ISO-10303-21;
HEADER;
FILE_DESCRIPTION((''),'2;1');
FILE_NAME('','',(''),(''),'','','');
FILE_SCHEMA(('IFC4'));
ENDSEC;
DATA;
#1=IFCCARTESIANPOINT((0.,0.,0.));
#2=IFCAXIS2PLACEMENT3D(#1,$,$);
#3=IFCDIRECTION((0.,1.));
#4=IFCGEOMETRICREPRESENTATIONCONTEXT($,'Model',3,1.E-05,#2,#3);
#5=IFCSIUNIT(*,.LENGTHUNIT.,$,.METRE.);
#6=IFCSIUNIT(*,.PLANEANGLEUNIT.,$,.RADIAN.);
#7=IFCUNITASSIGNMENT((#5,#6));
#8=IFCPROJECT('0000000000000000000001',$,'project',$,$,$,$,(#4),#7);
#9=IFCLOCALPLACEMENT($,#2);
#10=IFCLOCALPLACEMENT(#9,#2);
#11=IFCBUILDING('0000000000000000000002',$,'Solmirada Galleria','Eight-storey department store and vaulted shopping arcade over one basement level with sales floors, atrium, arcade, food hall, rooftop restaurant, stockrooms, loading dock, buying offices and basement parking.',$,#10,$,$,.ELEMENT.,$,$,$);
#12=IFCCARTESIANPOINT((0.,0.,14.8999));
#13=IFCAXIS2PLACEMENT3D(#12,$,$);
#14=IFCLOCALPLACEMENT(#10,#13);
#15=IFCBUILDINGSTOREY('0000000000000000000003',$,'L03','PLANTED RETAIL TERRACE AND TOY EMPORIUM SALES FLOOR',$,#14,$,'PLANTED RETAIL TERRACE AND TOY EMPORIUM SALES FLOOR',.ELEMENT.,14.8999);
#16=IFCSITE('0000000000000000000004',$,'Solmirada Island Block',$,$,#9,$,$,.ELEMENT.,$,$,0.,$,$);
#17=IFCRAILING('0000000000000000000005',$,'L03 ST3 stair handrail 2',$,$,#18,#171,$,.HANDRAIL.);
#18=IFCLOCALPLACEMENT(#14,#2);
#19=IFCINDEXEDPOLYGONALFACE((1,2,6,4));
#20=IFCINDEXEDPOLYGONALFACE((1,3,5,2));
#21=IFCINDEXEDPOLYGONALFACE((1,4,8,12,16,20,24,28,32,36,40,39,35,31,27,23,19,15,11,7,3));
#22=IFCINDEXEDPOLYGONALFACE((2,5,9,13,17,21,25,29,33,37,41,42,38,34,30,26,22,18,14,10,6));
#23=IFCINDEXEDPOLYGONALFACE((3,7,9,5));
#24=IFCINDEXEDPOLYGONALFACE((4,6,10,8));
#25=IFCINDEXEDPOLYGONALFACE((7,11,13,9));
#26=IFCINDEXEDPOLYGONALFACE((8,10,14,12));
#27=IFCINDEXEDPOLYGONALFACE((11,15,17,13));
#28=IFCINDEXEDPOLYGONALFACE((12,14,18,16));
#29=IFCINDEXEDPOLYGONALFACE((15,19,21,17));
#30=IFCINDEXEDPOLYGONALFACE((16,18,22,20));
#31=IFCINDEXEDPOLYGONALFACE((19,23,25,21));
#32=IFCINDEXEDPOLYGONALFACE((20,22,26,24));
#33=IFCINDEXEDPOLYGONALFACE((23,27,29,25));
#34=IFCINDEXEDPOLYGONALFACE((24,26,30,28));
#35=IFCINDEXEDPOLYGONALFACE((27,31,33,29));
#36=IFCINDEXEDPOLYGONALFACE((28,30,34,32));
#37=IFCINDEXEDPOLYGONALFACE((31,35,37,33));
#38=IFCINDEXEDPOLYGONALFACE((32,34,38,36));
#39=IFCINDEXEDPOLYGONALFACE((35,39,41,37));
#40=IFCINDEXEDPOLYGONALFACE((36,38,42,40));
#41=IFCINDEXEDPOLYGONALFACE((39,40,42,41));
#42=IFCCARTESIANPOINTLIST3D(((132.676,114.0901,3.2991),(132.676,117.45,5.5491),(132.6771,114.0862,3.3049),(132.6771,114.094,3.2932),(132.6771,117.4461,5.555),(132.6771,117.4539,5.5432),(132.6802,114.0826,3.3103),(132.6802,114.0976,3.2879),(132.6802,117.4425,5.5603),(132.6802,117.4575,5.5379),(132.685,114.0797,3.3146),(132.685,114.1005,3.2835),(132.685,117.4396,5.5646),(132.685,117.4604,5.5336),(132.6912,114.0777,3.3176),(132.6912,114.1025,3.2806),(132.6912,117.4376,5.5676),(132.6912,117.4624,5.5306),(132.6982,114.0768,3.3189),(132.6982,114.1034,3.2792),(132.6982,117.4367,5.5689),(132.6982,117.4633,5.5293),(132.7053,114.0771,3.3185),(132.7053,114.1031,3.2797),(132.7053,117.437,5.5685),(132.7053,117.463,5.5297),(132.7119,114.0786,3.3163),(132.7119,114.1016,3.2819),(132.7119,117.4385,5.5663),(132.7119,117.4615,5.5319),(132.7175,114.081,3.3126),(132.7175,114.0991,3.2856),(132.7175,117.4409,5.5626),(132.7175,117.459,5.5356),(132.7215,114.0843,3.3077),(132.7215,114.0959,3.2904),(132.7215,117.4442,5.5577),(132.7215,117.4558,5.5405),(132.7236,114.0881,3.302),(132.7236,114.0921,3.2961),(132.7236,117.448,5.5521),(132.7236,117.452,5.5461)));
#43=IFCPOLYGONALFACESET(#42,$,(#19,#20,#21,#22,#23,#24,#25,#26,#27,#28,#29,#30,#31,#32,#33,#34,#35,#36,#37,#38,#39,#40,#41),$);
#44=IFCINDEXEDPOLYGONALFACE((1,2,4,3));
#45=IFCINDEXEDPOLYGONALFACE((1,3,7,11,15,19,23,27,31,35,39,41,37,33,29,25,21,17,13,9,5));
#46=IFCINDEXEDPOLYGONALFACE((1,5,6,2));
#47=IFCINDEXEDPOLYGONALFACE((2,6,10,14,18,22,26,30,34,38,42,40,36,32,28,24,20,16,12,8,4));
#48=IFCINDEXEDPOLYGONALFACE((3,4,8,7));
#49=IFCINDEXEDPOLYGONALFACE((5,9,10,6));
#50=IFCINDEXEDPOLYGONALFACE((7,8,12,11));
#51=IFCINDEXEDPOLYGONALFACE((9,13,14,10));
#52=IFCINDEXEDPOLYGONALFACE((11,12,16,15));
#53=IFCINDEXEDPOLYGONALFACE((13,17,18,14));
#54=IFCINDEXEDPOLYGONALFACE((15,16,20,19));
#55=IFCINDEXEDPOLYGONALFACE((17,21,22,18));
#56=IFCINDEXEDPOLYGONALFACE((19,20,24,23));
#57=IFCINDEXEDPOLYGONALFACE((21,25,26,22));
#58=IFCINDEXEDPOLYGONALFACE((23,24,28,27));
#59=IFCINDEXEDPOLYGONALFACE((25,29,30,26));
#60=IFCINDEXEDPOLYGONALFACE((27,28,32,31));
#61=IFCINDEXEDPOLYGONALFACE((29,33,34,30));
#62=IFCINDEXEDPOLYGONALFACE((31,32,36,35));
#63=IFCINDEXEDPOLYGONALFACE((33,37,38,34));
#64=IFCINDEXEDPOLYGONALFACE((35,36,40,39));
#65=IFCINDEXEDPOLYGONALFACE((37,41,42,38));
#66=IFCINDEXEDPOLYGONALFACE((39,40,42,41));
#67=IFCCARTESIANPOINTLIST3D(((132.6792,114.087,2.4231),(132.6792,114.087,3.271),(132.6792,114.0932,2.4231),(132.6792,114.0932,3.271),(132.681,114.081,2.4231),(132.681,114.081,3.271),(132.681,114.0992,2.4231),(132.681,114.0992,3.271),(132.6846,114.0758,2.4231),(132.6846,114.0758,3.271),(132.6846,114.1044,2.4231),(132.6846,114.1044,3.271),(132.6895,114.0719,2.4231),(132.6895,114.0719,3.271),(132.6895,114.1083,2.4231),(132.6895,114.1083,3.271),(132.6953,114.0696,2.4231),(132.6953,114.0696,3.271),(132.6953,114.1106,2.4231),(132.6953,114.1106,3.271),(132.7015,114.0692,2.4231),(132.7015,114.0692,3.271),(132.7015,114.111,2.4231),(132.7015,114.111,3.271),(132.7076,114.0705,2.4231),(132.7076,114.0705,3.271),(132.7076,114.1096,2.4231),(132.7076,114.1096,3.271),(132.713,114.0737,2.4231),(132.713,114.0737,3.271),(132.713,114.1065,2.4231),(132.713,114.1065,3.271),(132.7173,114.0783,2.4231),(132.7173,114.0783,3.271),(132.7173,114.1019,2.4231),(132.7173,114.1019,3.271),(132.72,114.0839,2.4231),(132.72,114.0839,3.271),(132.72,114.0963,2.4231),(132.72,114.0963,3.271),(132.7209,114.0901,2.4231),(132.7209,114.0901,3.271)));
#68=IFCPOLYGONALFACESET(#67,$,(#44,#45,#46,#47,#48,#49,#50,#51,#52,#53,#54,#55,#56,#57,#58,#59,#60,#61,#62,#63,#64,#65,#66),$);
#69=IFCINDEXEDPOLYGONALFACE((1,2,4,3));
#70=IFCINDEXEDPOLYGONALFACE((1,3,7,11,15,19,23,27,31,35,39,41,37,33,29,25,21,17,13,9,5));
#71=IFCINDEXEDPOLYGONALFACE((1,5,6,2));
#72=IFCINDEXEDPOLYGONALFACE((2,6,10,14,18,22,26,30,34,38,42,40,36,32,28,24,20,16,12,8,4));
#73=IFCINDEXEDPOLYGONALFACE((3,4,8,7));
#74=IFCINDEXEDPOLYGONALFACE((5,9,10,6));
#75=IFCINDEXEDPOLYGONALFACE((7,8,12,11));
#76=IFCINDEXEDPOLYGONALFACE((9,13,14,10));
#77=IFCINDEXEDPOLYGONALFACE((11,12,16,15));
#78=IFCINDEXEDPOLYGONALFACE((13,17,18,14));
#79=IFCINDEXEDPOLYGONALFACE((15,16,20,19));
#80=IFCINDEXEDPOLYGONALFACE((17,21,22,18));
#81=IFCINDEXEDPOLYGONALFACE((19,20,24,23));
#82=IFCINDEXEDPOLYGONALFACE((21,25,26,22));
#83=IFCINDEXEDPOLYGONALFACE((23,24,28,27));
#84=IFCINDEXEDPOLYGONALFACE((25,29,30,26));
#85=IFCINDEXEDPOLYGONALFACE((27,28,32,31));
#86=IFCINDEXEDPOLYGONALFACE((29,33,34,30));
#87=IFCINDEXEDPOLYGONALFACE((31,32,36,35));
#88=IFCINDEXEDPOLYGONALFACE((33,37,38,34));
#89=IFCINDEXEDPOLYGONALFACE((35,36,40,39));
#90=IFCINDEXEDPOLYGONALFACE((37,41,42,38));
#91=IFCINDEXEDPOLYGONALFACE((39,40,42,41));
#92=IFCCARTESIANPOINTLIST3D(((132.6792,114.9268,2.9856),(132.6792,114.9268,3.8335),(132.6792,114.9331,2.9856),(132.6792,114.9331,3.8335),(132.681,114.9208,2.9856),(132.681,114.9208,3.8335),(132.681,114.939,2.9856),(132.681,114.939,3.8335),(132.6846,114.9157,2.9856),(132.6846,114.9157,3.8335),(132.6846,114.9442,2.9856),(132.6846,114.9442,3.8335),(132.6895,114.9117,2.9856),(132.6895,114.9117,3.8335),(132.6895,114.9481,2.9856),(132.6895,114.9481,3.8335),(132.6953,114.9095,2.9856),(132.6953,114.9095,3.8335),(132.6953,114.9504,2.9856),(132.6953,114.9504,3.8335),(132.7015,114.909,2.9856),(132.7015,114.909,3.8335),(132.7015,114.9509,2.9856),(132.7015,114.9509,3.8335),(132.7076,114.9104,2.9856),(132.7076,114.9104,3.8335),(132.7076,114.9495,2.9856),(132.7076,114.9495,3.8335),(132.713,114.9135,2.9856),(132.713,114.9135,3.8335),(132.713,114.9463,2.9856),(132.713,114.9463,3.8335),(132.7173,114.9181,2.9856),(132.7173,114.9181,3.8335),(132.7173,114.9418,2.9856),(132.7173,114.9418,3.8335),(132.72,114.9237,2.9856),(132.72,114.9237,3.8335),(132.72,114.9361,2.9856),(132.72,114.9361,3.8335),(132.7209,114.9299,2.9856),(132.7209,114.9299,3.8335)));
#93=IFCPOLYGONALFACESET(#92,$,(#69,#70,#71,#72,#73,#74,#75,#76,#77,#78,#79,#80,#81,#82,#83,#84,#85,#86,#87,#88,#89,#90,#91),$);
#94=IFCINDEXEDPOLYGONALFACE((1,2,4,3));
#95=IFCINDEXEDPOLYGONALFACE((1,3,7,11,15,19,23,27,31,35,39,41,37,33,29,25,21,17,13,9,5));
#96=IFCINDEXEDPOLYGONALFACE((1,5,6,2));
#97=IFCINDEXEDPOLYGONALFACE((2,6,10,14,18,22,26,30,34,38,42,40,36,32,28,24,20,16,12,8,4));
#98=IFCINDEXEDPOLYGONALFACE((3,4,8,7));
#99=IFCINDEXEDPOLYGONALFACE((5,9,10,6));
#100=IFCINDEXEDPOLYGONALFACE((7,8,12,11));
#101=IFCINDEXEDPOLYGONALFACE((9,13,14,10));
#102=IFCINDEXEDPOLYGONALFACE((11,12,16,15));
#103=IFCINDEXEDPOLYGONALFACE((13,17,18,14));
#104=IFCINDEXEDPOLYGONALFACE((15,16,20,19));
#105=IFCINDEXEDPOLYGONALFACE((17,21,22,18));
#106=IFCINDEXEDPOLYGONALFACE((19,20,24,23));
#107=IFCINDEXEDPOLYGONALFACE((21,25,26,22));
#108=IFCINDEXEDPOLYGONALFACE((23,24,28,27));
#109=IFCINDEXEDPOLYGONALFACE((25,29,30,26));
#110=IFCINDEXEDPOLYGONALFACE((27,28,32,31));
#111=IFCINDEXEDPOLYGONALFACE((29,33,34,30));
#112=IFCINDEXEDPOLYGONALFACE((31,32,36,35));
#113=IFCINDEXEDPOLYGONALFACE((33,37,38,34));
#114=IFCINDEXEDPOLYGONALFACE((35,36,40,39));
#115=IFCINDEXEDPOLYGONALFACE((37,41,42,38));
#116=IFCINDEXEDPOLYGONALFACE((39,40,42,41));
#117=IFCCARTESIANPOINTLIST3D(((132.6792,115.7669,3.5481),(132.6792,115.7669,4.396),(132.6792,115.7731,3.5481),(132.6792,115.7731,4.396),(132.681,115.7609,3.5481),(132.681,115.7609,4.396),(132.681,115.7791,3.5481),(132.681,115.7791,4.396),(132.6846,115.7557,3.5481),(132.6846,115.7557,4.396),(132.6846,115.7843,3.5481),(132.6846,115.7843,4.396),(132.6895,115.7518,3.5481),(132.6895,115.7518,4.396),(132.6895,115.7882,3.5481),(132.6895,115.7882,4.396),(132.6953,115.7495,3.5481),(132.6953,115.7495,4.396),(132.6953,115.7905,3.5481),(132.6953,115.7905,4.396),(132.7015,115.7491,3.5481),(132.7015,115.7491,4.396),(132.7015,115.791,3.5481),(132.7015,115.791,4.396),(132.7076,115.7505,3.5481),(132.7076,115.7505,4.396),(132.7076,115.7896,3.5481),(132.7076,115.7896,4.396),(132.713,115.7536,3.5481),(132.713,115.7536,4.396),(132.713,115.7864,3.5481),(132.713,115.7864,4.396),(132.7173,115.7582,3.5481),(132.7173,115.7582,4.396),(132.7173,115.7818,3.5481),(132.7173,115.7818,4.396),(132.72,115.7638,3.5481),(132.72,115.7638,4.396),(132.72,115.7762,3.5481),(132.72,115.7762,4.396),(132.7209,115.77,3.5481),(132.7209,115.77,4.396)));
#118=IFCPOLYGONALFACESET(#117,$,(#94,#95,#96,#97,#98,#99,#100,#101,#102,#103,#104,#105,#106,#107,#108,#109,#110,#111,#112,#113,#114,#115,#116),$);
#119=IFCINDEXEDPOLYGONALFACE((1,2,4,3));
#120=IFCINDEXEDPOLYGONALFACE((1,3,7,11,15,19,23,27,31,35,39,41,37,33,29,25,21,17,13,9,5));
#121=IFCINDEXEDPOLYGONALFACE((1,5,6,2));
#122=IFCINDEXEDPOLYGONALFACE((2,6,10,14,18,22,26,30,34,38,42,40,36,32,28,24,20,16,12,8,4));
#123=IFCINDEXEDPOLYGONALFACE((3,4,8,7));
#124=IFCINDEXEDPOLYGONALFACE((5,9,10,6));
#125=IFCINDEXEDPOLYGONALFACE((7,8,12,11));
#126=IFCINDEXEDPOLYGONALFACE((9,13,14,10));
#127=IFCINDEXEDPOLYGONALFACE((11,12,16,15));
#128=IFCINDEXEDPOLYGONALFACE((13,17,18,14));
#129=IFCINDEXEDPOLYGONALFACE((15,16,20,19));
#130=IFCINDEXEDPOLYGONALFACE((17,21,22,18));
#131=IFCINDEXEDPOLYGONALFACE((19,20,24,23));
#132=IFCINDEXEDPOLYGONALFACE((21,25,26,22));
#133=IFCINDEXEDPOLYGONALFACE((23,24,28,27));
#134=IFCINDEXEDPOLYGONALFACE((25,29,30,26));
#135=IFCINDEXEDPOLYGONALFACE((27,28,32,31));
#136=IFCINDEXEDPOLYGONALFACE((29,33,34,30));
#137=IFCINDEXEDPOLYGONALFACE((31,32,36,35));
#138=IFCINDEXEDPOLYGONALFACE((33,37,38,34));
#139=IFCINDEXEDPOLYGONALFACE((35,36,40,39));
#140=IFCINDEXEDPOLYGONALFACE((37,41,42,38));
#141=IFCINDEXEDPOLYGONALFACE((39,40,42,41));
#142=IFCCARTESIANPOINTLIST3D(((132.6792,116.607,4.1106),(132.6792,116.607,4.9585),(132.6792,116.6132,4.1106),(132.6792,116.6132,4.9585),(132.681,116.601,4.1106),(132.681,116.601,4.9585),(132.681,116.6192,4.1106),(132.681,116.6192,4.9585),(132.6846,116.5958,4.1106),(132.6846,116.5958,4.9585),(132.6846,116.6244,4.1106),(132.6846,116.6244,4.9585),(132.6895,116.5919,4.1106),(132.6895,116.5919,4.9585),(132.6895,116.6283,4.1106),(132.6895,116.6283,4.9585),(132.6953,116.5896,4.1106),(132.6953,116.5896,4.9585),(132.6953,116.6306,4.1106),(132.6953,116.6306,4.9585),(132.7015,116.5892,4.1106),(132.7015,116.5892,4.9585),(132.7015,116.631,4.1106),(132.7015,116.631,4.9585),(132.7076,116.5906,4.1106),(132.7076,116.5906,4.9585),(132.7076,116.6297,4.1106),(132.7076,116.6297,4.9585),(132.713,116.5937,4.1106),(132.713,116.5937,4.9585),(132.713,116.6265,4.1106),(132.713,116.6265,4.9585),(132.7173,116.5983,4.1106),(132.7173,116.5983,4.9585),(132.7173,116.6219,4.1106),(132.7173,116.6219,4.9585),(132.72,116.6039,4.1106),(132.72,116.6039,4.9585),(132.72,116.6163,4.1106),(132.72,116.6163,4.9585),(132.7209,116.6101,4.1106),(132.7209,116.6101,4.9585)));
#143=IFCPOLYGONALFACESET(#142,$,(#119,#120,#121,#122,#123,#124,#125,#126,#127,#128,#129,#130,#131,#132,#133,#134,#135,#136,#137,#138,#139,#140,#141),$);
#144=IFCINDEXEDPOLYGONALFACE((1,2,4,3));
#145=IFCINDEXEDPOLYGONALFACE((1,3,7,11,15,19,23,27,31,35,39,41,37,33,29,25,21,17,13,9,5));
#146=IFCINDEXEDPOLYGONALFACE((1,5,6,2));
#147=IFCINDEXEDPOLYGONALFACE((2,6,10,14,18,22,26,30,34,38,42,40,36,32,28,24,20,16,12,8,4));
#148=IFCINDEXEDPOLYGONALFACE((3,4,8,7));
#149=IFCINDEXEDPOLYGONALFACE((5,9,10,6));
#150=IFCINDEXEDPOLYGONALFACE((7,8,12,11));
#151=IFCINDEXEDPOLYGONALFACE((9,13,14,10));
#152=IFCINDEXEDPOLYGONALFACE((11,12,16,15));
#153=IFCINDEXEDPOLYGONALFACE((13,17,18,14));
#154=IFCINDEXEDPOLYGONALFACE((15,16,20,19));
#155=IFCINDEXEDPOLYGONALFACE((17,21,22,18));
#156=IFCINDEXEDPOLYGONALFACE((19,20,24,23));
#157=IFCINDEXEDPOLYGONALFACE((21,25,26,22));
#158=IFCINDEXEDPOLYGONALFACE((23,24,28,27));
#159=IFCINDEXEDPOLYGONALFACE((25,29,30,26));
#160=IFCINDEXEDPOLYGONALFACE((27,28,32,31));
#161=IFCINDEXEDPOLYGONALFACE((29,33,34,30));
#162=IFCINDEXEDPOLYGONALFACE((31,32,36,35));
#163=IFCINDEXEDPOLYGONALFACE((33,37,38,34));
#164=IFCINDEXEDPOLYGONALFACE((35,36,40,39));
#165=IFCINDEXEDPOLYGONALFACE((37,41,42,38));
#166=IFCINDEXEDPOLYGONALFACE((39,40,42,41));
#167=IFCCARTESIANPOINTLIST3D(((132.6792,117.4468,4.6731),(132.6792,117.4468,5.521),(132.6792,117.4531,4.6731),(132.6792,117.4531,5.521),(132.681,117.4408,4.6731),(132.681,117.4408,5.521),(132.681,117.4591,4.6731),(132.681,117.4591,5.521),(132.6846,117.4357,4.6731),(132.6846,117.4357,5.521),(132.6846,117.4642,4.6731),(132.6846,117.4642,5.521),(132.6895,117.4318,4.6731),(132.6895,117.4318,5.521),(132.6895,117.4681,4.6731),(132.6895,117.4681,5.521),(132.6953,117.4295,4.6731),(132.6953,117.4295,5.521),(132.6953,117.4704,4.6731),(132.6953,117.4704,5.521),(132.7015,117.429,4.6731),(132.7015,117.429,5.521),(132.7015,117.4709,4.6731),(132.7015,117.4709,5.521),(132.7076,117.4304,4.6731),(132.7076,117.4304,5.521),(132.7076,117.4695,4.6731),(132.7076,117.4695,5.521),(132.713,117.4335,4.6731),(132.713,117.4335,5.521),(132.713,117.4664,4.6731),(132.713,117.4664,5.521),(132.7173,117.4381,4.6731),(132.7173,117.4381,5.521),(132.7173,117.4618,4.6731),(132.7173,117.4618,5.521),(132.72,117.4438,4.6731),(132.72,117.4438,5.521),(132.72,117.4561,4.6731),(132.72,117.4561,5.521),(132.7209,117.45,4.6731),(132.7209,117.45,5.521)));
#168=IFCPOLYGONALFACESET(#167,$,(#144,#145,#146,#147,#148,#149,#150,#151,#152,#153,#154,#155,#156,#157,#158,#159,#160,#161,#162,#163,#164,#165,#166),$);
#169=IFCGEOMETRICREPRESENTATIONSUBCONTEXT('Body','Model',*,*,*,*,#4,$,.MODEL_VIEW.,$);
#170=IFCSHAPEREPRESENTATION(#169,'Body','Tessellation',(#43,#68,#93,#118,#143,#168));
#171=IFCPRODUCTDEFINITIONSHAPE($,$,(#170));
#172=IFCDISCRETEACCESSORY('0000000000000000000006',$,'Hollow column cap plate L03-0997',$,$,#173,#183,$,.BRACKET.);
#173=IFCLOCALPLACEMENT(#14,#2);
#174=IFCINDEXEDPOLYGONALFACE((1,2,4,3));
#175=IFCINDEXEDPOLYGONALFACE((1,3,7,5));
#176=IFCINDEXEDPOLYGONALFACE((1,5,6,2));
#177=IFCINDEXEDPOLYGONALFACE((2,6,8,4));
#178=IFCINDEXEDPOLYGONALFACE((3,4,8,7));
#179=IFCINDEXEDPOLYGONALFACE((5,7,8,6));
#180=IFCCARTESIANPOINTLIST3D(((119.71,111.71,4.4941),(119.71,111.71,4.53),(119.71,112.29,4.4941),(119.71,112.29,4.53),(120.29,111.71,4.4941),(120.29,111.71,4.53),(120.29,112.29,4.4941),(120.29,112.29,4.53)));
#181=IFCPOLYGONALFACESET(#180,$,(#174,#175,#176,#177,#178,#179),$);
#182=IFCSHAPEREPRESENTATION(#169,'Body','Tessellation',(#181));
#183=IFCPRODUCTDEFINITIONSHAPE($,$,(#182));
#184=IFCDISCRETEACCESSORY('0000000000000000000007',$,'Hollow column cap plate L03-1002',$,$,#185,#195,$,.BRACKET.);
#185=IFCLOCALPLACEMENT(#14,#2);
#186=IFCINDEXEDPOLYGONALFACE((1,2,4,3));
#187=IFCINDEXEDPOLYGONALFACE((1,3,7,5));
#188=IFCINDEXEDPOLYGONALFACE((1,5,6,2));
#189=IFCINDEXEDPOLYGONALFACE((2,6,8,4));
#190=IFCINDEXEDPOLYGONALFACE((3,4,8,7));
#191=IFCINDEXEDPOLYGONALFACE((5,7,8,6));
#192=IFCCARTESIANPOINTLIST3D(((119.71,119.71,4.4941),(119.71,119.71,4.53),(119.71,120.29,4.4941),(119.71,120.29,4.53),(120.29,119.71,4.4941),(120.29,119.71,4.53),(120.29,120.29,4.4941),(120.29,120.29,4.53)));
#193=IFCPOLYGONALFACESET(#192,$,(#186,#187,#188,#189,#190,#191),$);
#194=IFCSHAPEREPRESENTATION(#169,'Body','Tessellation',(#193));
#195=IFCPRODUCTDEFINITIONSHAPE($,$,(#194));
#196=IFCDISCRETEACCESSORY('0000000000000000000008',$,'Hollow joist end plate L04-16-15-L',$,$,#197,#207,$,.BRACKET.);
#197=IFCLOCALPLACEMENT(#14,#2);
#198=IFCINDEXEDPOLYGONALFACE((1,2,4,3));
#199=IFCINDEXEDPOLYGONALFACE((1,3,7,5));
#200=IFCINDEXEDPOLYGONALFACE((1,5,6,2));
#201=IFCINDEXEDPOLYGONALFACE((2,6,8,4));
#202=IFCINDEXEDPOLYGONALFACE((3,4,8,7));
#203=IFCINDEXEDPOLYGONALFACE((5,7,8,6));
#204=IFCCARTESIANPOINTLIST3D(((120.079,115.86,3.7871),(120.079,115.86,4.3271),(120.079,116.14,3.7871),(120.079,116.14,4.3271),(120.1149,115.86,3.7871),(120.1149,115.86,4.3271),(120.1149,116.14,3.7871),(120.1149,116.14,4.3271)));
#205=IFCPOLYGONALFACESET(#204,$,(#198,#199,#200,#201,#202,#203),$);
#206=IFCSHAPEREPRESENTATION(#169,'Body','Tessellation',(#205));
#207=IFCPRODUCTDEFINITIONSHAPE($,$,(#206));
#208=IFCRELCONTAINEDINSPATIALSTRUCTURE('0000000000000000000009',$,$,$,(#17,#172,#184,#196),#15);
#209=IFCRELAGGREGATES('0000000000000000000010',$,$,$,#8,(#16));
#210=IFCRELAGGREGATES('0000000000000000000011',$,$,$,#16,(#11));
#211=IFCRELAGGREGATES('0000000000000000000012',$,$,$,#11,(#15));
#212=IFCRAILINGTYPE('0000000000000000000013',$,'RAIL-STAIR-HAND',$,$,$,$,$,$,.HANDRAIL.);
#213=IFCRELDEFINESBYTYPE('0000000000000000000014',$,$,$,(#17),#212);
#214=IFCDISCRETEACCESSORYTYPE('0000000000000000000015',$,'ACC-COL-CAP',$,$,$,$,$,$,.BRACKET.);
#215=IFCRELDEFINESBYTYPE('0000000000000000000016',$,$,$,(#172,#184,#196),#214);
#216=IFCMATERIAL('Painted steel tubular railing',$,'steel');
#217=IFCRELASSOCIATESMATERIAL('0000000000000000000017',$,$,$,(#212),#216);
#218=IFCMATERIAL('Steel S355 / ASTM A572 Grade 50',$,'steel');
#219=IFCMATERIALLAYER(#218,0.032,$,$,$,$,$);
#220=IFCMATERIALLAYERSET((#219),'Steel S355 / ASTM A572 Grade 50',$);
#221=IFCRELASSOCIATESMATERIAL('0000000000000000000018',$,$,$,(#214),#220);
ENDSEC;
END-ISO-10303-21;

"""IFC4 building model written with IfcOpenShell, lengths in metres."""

from ifc_helpers import new_model, si_unit, direction, frame, origin, origin_2d, place, context, subcontext, project, spatial, rectangle, circle, extrude, material, layer, layer_set, type_object, element, save


model = new_model("IFC4")

# Units and contexts
model_context = context("Model", 3, precision=1e-05, world=origin(), true_north=direction((0.0, 1.0)))
body_context = subcontext(model_context, "Body", "Model", "MODEL_VIEW")
ifc_project = project(units=[si_unit("LENGTHUNIT", "METRE"), si_unit("PLANEANGLEUNIT", "RADIAN")], contexts=[model_context])

# Site, building, storey
site_placement = place(None, origin())
site = spatial("IfcSite", under=ifc_project, at=site_placement, Name="Solmirada Island Block", CompositionType="ELEMENT", RefElevation=0.0)
building_placement = place(site_placement, origin())
building = spatial("IfcBuilding", under=site, at=building_placement, Name="Solmirada Galleria", Description="Eight-storey department store and vaulted shopping arcade over one basement level with sales floors, atrium, arcade, food hall, rooftop restaurant, stockrooms, loading dock, buying offices and basement parking.", CompositionType="ELEMENT")
storey_placement = place(building_placement, frame((0.0, 0.0, 14.8999)))
storey = spatial("IfcBuildingStorey", under=building, at=storey_placement, Name="L03", Description="PLANTED RETAIL TERRACE AND TOY EMPORIUM SALES FLOOR", LongName="PLANTED RETAIL TERRACE AND TOY EMPORIUM SALES FLOOR", CompositionType="ELEMENT", Elevation=14.8999)

# Railing
ifc_material_1 = material(Name="Painted steel tubular railing", Category="steel")
railing_type_1 = type_object("IfcRailingType", Name="RAIL-STAIR-HAND", PredefinedType="HANDRAIL", material=ifc_material_1)
railing_1_placement = place(storey_placement, frame((132.7, 114.0901, 2.4231)))
element("IfcRailing", 1, at=railing_1_placement, inside=storey, type_object=railing_type_1, Name="L03 ST3 stair handrail 2", PredefinedType="HANDRAIL", context=body_context, shape_type="SweptSolid", body=[
    extrude(circle(Radius=0.0239, at=origin_2d()), frame((0.0, 0.0, 0.876), z_axis=(0.0, 0.830897, 0.556427), x_axis=(-1.0, 0.0, 0.0)), (0.0, 0.0, 1.0), 4.0437),
    extrude(circle(Radius=0.021, at=origin_2d()), origin(), (0.0, 0.0, 1.0), 0.8479),
    extrude(circle(Radius=0.021, at=origin_2d()), frame((0.0, 0.8398, 0.5625)), (0.0, 0.0, 1.0), 0.8479),
    extrude(circle(Radius=0.021, at=origin_2d()), frame((0.0, 1.6799, 1.125)), (0.0, 0.0, 1.0), 0.8479),
    extrude(circle(Radius=0.021, at=origin_2d()), frame((0.0, 2.52, 1.6875)), (0.0, 0.0, 1.0), 0.8479),
    extrude(circle(Radius=0.021, at=origin_2d()), frame((0.0, 3.3599, 2.25)), (0.0, 0.0, 1.0), 0.8479),
])

# Discrete accessories
ifc_material_2 = material(Name="Steel S355 / ASTM A572 Grade 50", Category="steel")
ifc_layer_1 = layer(ifc_material_2, 0.032)
ifc_layer_set_1 = layer_set([ifc_layer_1], Name="Steel S355 / ASTM A572 Grade 50")
discrete_accessory_type = type_object("IfcDiscreteAccessoryType", Name="ACC-COL-CAP", PredefinedType="BRACKET", material=ifc_layer_set_1)
for number, where, z_axis, x_axis, name in (
    (2, (120.0, 112.0, 4.4941), (0.0, 0.0, 1.0), (1.0, 0.0, 0.0), "Hollow column cap plate L03-0997"),
    (3, (120.0, 120.0, 4.4941), (0.0, 0.0, 1.0), (1.0, 0.0, 0.0), "Hollow column cap plate L03-1002"),
):
    element("IfcDiscreteAccessory", number, at=place(storey_placement, frame(where, z_axis=z_axis, x_axis=x_axis)), inside=storey, type_object=discrete_accessory_type, Name=name, PredefinedType="BRACKET", context=body_context, shape_type="SweptSolid", body=[
        extrude(rectangle(XDim=0.5801, YDim=0.5801, at=origin_2d()), origin(), (0.0, 0.0, 1.0), 0.0359),
    ])
for number, where, z_axis, x_axis, name in (
    (4, (120.0969, 116.0, 3.7871), (0.0, 0.0, 1.0), (1.0, 0.0, 0.0), "Hollow joist end plate L04-16-15-L"),
):
    element("IfcDiscreteAccessory", number, at=place(storey_placement, frame(where, z_axis=z_axis, x_axis=x_axis)), inside=storey, type_object=discrete_accessory_type, Name=name, PredefinedType="BRACKET", context=body_context, shape_type="SweptSolid", body=[
        extrude(rectangle(XDim=0.0359, YDim=0.28, at=origin_2d()), origin(), (0.0, 0.0, 1.0), 0.54),
    ])

save(model, "model.ifc")
